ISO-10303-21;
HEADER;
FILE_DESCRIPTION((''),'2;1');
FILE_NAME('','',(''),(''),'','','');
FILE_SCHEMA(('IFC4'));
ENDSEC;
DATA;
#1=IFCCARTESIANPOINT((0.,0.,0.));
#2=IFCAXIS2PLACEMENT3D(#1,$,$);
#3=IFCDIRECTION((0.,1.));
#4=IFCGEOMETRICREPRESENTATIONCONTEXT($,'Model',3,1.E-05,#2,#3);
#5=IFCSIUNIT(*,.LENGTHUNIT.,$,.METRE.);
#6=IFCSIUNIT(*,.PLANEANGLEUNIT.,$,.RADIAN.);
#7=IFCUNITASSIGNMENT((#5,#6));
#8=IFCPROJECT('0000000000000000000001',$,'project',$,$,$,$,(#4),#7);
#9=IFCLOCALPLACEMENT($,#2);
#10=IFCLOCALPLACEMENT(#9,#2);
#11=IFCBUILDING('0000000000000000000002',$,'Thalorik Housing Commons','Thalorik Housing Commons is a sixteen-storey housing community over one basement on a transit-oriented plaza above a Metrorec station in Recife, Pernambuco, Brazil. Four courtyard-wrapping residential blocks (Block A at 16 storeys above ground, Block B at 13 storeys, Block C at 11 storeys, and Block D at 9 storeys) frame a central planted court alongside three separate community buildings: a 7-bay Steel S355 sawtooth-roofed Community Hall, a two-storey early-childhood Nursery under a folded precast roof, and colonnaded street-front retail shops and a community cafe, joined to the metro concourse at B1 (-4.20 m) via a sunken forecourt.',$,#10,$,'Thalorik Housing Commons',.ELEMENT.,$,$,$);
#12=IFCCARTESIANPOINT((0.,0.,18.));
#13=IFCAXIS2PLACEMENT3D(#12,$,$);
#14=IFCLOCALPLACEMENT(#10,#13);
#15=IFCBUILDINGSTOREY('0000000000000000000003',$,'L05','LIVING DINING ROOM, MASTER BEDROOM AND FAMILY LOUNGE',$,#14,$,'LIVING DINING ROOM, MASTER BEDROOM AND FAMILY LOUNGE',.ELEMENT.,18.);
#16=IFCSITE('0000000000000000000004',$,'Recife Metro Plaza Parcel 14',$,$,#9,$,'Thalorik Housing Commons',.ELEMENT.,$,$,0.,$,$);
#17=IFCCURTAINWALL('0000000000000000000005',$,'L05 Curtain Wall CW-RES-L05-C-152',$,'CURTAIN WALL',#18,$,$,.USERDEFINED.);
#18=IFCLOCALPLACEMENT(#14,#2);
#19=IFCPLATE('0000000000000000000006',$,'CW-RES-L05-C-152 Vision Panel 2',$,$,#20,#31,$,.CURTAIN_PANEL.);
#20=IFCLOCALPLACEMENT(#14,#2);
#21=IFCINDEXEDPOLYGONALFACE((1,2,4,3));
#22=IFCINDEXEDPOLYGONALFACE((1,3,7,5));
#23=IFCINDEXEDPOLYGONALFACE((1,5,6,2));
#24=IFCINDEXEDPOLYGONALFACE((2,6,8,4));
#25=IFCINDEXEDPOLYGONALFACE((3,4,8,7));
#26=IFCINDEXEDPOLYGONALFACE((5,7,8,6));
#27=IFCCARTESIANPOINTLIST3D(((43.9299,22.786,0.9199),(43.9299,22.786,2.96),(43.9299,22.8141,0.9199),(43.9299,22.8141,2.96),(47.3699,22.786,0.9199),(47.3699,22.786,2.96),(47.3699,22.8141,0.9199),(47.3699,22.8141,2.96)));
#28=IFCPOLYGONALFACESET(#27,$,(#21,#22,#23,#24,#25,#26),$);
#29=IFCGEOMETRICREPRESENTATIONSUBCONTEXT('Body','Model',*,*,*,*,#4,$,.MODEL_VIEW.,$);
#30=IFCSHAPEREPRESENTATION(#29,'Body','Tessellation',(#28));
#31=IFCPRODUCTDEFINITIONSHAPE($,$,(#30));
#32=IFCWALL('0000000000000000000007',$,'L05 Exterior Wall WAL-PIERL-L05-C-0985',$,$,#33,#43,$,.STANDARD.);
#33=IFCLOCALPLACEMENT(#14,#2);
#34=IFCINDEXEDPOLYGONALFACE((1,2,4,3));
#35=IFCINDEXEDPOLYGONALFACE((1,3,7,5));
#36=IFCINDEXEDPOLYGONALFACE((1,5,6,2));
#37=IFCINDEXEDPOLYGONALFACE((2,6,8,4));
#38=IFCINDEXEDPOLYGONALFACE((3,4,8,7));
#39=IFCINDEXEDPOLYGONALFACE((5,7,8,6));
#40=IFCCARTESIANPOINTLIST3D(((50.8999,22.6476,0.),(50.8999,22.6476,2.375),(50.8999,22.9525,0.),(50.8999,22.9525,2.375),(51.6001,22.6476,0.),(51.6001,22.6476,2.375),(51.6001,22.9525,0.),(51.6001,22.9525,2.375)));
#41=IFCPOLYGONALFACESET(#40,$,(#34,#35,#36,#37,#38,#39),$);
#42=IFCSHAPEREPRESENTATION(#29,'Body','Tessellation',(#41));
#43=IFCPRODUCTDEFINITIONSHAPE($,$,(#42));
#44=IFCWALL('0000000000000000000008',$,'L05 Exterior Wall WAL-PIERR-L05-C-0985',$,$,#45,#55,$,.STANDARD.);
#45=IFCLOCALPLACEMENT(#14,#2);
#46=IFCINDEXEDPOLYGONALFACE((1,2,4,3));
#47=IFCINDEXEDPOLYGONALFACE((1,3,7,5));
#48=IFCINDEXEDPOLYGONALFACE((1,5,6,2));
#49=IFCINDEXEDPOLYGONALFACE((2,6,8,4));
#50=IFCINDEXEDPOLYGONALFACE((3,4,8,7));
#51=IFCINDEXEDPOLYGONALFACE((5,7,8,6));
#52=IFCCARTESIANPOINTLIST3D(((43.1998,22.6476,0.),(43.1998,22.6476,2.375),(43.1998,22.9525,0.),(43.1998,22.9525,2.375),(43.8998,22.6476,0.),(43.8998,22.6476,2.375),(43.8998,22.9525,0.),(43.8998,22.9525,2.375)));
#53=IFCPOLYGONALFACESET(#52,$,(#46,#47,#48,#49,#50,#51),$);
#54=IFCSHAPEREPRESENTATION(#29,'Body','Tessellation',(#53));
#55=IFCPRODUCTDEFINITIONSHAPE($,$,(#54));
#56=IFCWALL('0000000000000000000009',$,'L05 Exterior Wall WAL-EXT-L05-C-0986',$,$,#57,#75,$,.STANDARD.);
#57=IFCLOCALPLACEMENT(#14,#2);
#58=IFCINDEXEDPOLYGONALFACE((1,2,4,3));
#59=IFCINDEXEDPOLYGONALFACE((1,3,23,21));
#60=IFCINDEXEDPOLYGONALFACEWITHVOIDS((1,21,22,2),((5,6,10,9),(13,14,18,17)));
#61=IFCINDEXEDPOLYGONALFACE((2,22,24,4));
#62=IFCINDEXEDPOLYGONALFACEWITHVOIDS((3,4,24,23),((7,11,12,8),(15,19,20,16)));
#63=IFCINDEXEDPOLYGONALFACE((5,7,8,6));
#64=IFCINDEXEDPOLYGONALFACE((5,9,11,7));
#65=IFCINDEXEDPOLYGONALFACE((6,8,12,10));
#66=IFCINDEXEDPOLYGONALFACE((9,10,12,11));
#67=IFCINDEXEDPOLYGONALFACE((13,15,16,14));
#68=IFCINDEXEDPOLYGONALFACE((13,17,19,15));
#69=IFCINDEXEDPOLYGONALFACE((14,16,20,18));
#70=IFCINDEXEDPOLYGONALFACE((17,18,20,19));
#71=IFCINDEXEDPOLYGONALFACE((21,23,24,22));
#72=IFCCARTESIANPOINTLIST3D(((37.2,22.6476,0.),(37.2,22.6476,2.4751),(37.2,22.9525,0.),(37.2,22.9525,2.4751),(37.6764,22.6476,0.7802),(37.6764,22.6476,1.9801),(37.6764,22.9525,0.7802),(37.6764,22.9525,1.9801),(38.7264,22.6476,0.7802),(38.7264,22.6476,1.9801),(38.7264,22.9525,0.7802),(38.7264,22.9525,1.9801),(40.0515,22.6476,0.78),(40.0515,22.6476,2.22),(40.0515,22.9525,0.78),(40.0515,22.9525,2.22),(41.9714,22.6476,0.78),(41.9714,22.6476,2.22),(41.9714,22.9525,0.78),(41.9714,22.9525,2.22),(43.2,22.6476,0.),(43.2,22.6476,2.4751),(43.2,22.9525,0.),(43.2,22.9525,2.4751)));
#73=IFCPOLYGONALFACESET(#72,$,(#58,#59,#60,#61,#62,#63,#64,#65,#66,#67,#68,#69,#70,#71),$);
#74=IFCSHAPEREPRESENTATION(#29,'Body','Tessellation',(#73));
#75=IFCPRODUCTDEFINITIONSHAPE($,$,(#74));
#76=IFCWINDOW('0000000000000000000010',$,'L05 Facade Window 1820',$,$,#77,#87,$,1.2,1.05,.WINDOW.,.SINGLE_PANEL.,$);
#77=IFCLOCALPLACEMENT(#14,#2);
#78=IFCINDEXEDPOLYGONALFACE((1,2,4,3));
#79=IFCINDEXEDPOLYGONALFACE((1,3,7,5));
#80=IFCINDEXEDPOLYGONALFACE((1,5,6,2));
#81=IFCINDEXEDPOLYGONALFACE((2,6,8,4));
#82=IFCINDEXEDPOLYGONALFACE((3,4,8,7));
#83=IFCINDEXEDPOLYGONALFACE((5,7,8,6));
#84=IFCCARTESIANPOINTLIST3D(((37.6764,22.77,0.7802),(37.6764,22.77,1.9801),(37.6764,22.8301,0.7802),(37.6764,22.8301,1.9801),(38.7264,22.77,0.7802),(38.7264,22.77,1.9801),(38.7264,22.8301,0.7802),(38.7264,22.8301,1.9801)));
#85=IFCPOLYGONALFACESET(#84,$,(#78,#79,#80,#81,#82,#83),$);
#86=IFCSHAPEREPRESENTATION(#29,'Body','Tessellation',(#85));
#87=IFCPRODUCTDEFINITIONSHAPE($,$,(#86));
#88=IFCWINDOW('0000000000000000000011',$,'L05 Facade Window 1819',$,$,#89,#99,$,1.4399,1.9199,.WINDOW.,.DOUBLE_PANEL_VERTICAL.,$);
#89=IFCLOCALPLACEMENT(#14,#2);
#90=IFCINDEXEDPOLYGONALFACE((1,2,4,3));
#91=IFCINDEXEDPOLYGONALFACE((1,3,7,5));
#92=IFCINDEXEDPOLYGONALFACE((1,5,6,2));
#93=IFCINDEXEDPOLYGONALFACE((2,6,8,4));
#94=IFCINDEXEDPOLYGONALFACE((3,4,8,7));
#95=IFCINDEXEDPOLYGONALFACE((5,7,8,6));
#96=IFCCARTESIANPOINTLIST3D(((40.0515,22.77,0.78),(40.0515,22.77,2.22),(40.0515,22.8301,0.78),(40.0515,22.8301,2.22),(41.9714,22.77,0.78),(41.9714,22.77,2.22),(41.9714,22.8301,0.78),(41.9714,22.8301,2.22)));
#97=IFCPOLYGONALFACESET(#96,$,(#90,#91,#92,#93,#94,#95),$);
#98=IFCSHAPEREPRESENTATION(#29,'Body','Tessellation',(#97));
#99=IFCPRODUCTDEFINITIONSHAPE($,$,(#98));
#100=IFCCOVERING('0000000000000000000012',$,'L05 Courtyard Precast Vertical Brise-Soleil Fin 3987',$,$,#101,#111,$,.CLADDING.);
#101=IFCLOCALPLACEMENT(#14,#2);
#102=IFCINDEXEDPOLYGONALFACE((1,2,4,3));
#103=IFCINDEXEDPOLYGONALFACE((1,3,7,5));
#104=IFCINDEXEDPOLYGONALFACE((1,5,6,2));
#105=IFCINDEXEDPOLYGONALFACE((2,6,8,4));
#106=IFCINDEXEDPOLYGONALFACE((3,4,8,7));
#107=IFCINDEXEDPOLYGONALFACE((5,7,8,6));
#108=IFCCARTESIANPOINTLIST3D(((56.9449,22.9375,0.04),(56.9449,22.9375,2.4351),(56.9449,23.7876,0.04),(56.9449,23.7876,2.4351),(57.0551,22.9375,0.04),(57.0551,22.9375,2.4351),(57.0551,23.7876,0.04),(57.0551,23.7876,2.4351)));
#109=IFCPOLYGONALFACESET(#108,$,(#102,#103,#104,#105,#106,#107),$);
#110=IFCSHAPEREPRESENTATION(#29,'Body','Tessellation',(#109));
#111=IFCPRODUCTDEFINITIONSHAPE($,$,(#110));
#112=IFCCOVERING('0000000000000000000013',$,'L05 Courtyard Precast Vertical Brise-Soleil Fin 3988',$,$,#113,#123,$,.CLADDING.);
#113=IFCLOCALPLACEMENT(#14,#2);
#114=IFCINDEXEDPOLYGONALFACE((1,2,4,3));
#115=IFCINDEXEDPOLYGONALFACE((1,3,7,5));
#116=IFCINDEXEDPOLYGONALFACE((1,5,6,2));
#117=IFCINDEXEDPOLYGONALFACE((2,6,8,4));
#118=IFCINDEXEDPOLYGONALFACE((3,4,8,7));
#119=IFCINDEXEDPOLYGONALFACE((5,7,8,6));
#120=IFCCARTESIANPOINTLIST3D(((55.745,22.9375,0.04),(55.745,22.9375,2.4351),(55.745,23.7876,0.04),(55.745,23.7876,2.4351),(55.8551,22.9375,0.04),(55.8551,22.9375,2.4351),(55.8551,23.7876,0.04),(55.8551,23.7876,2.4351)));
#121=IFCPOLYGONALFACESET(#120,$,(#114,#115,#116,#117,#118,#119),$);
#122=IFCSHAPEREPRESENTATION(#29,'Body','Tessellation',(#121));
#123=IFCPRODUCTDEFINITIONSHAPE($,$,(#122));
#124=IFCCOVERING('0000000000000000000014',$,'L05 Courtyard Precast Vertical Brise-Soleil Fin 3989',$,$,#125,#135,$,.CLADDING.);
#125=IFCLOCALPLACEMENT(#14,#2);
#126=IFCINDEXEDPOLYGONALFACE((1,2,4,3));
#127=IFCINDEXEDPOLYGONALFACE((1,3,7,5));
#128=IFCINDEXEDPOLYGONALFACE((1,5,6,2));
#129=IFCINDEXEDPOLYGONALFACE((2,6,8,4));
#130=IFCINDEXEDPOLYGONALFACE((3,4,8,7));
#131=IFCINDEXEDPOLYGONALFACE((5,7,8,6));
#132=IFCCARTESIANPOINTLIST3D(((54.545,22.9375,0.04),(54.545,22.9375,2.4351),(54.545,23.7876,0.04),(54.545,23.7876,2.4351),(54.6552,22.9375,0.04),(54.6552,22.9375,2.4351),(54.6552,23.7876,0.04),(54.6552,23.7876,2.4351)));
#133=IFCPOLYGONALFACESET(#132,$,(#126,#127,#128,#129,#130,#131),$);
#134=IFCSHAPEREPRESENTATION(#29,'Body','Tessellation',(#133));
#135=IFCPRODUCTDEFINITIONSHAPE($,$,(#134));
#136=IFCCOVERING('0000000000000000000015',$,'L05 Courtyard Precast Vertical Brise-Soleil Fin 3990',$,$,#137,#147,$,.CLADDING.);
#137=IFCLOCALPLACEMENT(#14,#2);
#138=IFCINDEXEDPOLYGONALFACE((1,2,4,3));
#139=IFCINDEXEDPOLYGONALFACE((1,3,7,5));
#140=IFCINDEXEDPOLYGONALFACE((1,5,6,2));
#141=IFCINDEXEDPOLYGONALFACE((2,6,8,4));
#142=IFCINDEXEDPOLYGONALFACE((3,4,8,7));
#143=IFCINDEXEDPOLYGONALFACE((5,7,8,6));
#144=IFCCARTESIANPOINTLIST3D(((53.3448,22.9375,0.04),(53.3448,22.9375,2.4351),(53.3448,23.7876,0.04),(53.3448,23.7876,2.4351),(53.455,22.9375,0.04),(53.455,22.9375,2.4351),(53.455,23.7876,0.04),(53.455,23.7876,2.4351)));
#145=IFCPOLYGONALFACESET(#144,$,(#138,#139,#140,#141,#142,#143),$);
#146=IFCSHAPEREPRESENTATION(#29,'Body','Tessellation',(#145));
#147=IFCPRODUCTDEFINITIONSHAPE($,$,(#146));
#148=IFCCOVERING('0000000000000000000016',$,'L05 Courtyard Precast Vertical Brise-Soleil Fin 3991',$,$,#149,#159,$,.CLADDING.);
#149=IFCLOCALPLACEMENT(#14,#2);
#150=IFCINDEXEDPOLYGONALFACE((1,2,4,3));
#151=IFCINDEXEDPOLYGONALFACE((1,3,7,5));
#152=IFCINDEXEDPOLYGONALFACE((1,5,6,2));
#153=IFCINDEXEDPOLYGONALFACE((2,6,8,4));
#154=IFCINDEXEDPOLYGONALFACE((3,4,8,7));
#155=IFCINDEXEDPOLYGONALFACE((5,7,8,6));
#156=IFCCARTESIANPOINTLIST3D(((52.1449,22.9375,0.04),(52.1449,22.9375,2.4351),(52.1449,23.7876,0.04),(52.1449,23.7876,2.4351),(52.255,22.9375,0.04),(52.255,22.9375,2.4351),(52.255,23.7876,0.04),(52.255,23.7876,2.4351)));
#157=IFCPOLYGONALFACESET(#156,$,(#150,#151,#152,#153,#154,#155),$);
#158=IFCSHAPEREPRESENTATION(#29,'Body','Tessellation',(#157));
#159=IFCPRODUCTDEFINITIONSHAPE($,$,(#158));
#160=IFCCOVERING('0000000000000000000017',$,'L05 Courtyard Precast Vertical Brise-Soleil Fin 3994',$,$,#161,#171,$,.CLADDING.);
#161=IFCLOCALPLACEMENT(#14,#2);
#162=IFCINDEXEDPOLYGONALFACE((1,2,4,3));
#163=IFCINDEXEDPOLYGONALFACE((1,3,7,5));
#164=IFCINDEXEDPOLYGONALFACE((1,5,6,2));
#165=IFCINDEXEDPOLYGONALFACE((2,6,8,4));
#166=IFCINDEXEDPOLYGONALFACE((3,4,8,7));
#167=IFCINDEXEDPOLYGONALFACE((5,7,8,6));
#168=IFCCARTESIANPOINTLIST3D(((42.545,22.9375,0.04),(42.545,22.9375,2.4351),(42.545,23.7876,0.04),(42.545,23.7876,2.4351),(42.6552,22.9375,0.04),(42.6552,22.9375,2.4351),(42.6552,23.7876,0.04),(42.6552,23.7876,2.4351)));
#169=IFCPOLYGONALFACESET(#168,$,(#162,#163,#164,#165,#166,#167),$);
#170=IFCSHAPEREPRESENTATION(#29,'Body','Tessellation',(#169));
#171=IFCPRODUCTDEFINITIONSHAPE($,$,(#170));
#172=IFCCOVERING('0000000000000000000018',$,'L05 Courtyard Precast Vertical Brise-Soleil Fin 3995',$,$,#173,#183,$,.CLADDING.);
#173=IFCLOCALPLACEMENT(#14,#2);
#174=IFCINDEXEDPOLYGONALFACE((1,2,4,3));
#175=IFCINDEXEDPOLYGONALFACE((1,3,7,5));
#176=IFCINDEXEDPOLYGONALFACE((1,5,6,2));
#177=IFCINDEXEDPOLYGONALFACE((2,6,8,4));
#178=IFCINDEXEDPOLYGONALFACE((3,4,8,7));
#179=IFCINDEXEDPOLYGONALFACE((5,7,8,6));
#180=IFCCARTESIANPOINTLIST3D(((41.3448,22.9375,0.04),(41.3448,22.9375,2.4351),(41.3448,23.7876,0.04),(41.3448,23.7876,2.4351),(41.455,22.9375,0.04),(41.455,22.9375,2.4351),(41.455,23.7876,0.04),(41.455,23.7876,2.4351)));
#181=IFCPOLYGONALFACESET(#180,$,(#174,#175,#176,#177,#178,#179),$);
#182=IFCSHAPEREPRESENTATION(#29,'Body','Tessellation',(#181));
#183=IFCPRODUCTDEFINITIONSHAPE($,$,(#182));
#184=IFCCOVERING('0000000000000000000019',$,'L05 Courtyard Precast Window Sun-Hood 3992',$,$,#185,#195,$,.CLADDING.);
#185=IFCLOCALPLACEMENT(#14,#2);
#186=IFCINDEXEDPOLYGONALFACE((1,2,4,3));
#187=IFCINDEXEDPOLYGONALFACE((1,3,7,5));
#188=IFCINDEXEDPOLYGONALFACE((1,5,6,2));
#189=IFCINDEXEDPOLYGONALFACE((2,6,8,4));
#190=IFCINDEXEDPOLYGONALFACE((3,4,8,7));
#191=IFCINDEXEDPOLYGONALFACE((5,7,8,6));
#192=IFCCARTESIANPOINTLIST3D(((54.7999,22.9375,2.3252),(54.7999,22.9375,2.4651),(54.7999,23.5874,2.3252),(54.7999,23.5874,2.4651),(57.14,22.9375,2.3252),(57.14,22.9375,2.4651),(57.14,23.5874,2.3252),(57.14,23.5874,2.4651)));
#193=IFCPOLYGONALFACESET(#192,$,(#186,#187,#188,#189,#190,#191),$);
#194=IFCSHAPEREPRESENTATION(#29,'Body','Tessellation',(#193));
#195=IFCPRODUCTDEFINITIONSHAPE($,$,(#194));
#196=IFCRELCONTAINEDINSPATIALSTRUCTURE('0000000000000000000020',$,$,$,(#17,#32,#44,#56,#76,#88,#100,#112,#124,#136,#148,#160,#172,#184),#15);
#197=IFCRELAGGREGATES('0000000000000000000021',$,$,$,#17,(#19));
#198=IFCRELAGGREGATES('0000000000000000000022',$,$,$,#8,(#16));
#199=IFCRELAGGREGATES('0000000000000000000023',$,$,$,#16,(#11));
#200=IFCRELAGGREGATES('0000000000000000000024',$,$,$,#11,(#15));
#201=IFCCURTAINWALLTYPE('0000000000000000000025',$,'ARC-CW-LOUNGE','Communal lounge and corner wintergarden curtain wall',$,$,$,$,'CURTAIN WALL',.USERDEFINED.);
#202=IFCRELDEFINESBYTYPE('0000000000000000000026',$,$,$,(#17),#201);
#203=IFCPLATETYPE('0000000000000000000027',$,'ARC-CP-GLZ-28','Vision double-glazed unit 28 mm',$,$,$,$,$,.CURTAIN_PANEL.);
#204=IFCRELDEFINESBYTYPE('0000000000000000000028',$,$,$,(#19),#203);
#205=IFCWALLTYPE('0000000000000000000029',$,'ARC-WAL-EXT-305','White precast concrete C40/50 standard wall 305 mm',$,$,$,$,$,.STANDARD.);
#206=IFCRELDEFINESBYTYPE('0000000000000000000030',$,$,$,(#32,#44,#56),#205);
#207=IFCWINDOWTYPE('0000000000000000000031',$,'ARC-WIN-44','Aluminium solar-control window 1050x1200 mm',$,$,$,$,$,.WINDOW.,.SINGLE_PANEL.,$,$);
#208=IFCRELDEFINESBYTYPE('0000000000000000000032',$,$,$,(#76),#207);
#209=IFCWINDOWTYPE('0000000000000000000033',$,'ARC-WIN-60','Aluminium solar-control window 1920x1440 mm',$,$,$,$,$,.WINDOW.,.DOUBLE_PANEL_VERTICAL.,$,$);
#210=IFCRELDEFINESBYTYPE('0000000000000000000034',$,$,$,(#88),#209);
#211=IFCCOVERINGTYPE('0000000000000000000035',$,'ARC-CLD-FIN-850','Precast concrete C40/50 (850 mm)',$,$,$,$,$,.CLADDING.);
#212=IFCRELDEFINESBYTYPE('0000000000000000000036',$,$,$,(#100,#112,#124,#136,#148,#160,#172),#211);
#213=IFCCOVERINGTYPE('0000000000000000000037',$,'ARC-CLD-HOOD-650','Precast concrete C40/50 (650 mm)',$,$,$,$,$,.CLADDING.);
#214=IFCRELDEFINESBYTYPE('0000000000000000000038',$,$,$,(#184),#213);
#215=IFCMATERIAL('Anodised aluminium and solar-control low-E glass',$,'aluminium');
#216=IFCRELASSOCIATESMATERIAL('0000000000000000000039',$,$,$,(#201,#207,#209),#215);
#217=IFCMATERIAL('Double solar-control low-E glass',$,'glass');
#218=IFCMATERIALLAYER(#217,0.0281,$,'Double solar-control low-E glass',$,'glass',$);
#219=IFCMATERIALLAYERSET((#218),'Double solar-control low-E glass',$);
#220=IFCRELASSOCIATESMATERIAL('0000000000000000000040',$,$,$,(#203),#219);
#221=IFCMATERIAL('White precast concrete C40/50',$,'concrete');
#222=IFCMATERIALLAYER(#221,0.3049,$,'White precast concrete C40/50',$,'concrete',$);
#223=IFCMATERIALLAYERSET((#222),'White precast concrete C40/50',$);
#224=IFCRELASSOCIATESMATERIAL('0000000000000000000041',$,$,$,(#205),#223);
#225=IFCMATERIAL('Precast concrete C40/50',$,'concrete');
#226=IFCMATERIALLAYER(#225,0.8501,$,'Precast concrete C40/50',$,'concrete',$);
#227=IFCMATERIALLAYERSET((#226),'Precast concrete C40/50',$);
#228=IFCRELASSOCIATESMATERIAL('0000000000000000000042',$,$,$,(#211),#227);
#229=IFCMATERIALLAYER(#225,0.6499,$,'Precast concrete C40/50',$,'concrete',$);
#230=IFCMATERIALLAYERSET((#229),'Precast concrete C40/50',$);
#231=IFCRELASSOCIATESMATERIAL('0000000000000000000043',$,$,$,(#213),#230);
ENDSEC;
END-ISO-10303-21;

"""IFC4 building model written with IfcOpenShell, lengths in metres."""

from ifc_helpers import new_model, si_unit, direction, frame, frame_2d, origin, origin_2d, place, context, subcontext, project, spatial, rectangle, extrude, material, layer, layer_set, type_object, element, fill, aggregate, save


model = new_model("IFC4")

# Units and contexts
model_context = context("Model", 3, precision=1e-05, world=origin(), true_north=direction((0.0, 1.0)))
body_context = subcontext(model_context, "Body", "Model", "MODEL_VIEW")
ifc_project = project(units=[si_unit("LENGTHUNIT", "METRE"), si_unit("PLANEANGLEUNIT", "RADIAN")], contexts=[model_context])

# Site, building, storey
site_placement = place(None, origin())
site = spatial("IfcSite", under=ifc_project, at=site_placement, Name="Recife Metro Plaza Parcel 14", LongName="Thalorik Housing Commons", CompositionType="ELEMENT", RefElevation=0.0)
building_placement = place(site_placement, origin())
building = spatial("IfcBuilding", under=site, at=building_placement, Name="Thalorik Housing Commons", Description="Thalorik Housing Commons is a sixteen-storey housing community over one basement on a transit-oriented plaza above a Metrorec station in Recife, Pernambuco, Brazil. Four courtyard-wrapping residential blocks (Block A at 16 storeys above ground, Block B at 13 storeys, Block C at 11 storeys, and Block D at 9 storeys) frame a central planted court alongside three separate community buildings: a 7-bay Steel S355 sawtooth-roofed Community Hall, a two-storey early-childhood Nursery under a folded precast roof, and colonnaded street-front retail shops and a community cafe, joined to the metro concourse at B1 (-4.20 m) via a sunken forecourt.", LongName="Thalorik Housing Commons", CompositionType="ELEMENT")
storey_placement = place(building_placement, frame((0.0, 0.0, 18.0)))
storey = spatial("IfcBuildingStorey", under=building, at=storey_placement, Name="L05", Description="LIVING DINING ROOM, MASTER BEDROOM AND FAMILY LOUNGE", LongName="LIVING DINING ROOM, MASTER BEDROOM AND FAMILY LOUNGE", CompositionType="ELEMENT", Elevation=18.0)

# Shared definitions
ifc_material_1 = material(Name="Precast concrete C40/50", Category="concrete")

# Curtain wall
ifc_material_2 = material(Name="Anodised aluminium and solar-control low-E glass", Category="aluminium")
curtain_wall_type = type_object("IfcCurtainWallType", Name="ARC-CW-LOUNGE", Description="Communal lounge and corner wintergarden curtain wall", ElementType="CURTAIN WALL", PredefinedType="USERDEFINED", material=ifc_material_2)
curtain_wall_placement = place(storey_placement, origin())
curtain_wall = element("IfcCurtainWall", 1, at=curtain_wall_placement, inside=storey, type_object=curtain_wall_type, Name="L05 Curtain Wall CW-RES-L05-C-152", ObjectType="CURTAIN WALL", PredefinedType="USERDEFINED")

# Plate
ifc_material_3 = material(Name="Double solar-control low-E glass", Category="glass")
ifc_layer_1 = layer(ifc_material_3, 0.0281, Name="Double solar-control low-E glass", Category="glass")
ifc_layer_set_1 = layer_set([ifc_layer_1], Name="Double solar-control low-E glass")
plate_type_1 = type_object("IfcPlateType", Name="ARC-CP-GLZ-28", Description="Vision double-glazed unit 28 mm", PredefinedType="CURTAIN_PANEL", material=ifc_layer_set_1)
plate_1_placement = place(storey_placement, frame((45.6499, 22.8, 0.9199), z_axis=(0.0, 0.0, 1.0), x_axis=(-1.0, 0.0, 0.0)))
plate_1 = element("IfcPlate", 2, at=plate_1_placement, type_object=plate_type_1, Name="CW-RES-L05-C-152 Vision Panel 2", PredefinedType="CURTAIN_PANEL", context=body_context, shape_type="SweptSolid", body=[
    extrude(rectangle(XDim=3.4399, YDim=0.0281, at=origin_2d()), origin(), (0.0, 0.0, 1.0), 2.04),
])
aggregate(curtain_wall, [plate_1])

# Walls
ifc_material_4 = material(Name="White precast concrete C40/50", Category="concrete")
ifc_layer_2 = layer(ifc_material_4, 0.3049, Name="White precast concrete C40/50", Category="concrete")
ifc_layer_set_2 = layer_set([ifc_layer_2], Name="White precast concrete C40/50")
wall_type = type_object("IfcWallType", Name="ARC-WAL-EXT-305", Description="White precast concrete C40/50 standard wall 305 mm", PredefinedType="STANDARD", material=ifc_layer_set_2)
wall_1_placement = place(storey_placement, frame((51.6001, 22.8, 0.0), z_axis=(0.0, 0.0, 1.0), x_axis=(-1.0, 0.0, 0.0)))
element("IfcWall", 3, at=wall_1_placement, inside=storey, type_object=wall_type, Name="L05 Exterior Wall WAL-PIERL-L05-C-0985", PredefinedType="STANDARD", context=body_context, shape_type="SweptSolid", body=[
    extrude(rectangle(XDim=0.7002, YDim=0.3049, at=frame_2d((0.3501, 0.0))), origin(), (0.0, 0.0, 1.0), 2.375),
])
wall_2_placement = place(storey_placement, frame((43.8999, 22.8, 0.0), z_axis=(0.0, 0.0, 1.0), x_axis=(-1.0, 0.0, 0.0)))
element("IfcWall", 4, at=wall_2_placement, inside=storey, type_object=wall_type, Name="L05 Exterior Wall WAL-PIERR-L05-C-0985", PredefinedType="STANDARD", context=body_context, shape_type="SweptSolid", body=[
    extrude(rectangle(XDim=0.7, YDim=0.3049, at=frame_2d((0.3501, 0.0))), origin(), (0.0, 0.0, 1.0), 2.375),
])

# Wall, openings, windows
wall_3_placement = place(storey_placement, frame((43.2, 22.8, 0.0), z_axis=(0.0, 0.0, 1.0), x_axis=(-1.0, 0.0, 0.0)))
wall_3 = element("IfcWall", 5, at=wall_3_placement, inside=storey, type_object=wall_type, Name="L05 Exterior Wall WAL-EXT-L05-C-0986", PredefinedType="STANDARD", context=body_context, shape_type="SweptSolid", body=[
    extrude(rectangle(XDim=6.0, YDim=0.3049, at=frame_2d((3.0, 0.0))), origin(), (0.0, 0.0, 1.0), 2.4751),
])
opening_1_placement = place(wall_3_placement, frame((1.2285, 0.0, 0.78)))
opening_1 = element("IfcOpeningElement", 6, at=opening_1_placement, cuts=wall_3, PredefinedType="OPENING", context=body_context, shape_type="SweptSolid", body=[
    extrude(rectangle(XDim=1.9199, YDim=1.4399, at=frame_2d((0.96, 0.72))), frame((0.0, 0.1626, 0.0), z_axis=(0.0, -1.0, 0.0), x_axis=(1.0, 0.0, 0.0)), (0.0, 0.0, 1.0), 0.325),
])
opening_2_placement = place(wall_3_placement, frame((4.4736, 0.0, 0.78)))
opening_2 = element("IfcOpeningElement", 7, at=opening_2_placement, cuts=wall_3, PredefinedType="OPENING", context=body_context, shape_type="SweptSolid", body=[
    extrude(rectangle(XDim=1.05, YDim=1.2, at=frame_2d((0.5249, 0.6001))), frame((0.0, 0.1626, 0.0), z_axis=(0.0, -1.0, 0.0), x_axis=(1.0, 0.0, 0.0)), (0.0, 0.0, 1.0), 0.325),
])
window_type_1 = type_object("IfcWindowType", Name="ARC-WIN-44", Description="Aluminium solar-control window 1050x1200 mm", PartitioningType="SINGLE_PANEL", PredefinedType="WINDOW", material=ifc_material_2)
window_1_placement = place(opening_2_placement, origin())
window_1 = element("IfcWindow", 8, at=window_1_placement, inside=storey, type_object=window_type_1, Name="L05 Facade Window 1820", OverallHeight=1.2, OverallWidth=1.05, PartitioningType="SINGLE_PANEL", PredefinedType="WINDOW", context=body_context, shape_type="SweptSolid", body=[
    extrude(rectangle(XDim=1.05, YDim=1.2, at=frame_2d((0.5249, 0.6001))), frame((0.0, 0.03, 0.0), z_axis=(0.0, -1.0, 0.0), x_axis=(1.0, 0.0, 0.0)), (0.0, 0.0, 1.0), 0.0601),
])
fill(opening_2, window_1)
window_type_2 = type_object("IfcWindowType", Name="ARC-WIN-60", Description="Aluminium solar-control window 1920x1440 mm", PartitioningType="DOUBLE_PANEL_VERTICAL", PredefinedType="WINDOW", material=ifc_material_2)
window_2_placement = place(opening_1_placement, origin())
window_2 = element("IfcWindow", 9, at=window_2_placement, inside=storey, type_object=window_type_2, Name="L05 Facade Window 1819", OverallHeight=1.4399, OverallWidth=1.9199, PartitioningType="DOUBLE_PANEL_VERTICAL", PredefinedType="WINDOW", context=body_context, shape_type="SweptSolid", body=[
    extrude(rectangle(XDim=1.9199, YDim=1.4399, at=frame_2d((0.96, 0.72))), frame((0.0, 0.03, 0.0), z_axis=(0.0, -1.0, 0.0), x_axis=(1.0, 0.0, 0.0)), (0.0, 0.0, 1.0), 0.0601),
])
fill(opening_1, window_2)

# Coverings
ifc_layer_3 = layer(ifc_material_1, 0.8501, Name="Precast concrete C40/50", Category="concrete")
ifc_layer_set_3 = layer_set([ifc_layer_3], Name="Precast concrete C40/50")
covering_type_1 = type_object("IfcCoveringType", Name="ARC-CLD-FIN-850", Description="Precast concrete C40/50 (850 mm)", PredefinedType="CLADDING", material=ifc_layer_set_3)
for number, where, z_axis, x_axis, name in (
    (10, (57.0, 23.3625, 0.04), (0.0, 0.0, 1.0), (-1.0, 0.0, 0.0), "L05 Courtyard Precast Vertical Brise-Soleil Fin 3987"),
    (11, (55.8, 23.3625, 0.04), (0.0, 0.0, 1.0), (-1.0, 0.0, 0.0), "L05 Courtyard Precast Vertical Brise-Soleil Fin 3988"),
    (12, (54.6001, 23.3625, 0.04), (0.0, 0.0, 1.0), (-1.0, 0.0, 0.0), "L05 Courtyard Precast Vertical Brise-Soleil Fin 3989"),
    (13, (53.3999, 23.3625, 0.04), (0.0, 0.0, 1.0), (-1.0, 0.0, 0.0), "L05 Courtyard Precast Vertical Brise-Soleil Fin 3990"),
    (14, (52.2, 23.3625, 0.04), (0.0, 0.0, 1.0), (-1.0, 0.0, 0.0), "L05 Courtyard Precast Vertical Brise-Soleil Fin 3991"),
    (15, (42.6001, 23.3625, 0.04), (0.0, 0.0, 1.0), (-1.0, 0.0, 0.0), "L05 Courtyard Precast Vertical Brise-Soleil Fin 3994"),
    (16, (41.3999, 23.3625, 0.04), (0.0, 0.0, 1.0), (-1.0, 0.0, 0.0), "L05 Courtyard Precast Vertical Brise-Soleil Fin 3995"),
):
    element("IfcCovering", number, at=place(storey_placement, frame(where, z_axis=z_axis, x_axis=x_axis)), inside=storey, type_object=covering_type_1, Name=name, PredefinedType="CLADDING", context=body_context, shape_type="SweptSolid", body=[
        extrude(rectangle(XDim=0.1101, YDim=0.8501, at=origin_2d()), origin(), (0.0, 0.0, 1.0), 2.395),
    ])
ifc_layer_4 = layer(ifc_material_1, 0.6499, Name="Precast concrete C40/50", Category="concrete")
ifc_layer_set_4 = layer_set([ifc_layer_4], Name="Precast concrete C40/50")
covering_type_2 = type_object("IfcCoveringType", Name="ARC-CLD-HOOD-650", Description="Precast concrete C40/50 (650 mm)", PredefinedType="CLADDING", material=ifc_layer_set_4)
covering_1_placement = place(storey_placement, frame((55.97, 23.2625, 2.3252), z_axis=(0.0, 0.0, 1.0), x_axis=(-1.0, 0.0, 0.0)))
element("IfcCovering", 17, at=covering_1_placement, inside=storey, type_object=covering_type_2, Name="L05 Courtyard Precast Window Sun-Hood 3992", PredefinedType="CLADDING", context=body_context, shape_type="SweptSolid", body=[
    extrude(rectangle(XDim=2.3401, YDim=0.6499, at=origin_2d()), origin(), (0.0, 0.0, 1.0), 0.1399),
])

save(model, "model.ifc")
